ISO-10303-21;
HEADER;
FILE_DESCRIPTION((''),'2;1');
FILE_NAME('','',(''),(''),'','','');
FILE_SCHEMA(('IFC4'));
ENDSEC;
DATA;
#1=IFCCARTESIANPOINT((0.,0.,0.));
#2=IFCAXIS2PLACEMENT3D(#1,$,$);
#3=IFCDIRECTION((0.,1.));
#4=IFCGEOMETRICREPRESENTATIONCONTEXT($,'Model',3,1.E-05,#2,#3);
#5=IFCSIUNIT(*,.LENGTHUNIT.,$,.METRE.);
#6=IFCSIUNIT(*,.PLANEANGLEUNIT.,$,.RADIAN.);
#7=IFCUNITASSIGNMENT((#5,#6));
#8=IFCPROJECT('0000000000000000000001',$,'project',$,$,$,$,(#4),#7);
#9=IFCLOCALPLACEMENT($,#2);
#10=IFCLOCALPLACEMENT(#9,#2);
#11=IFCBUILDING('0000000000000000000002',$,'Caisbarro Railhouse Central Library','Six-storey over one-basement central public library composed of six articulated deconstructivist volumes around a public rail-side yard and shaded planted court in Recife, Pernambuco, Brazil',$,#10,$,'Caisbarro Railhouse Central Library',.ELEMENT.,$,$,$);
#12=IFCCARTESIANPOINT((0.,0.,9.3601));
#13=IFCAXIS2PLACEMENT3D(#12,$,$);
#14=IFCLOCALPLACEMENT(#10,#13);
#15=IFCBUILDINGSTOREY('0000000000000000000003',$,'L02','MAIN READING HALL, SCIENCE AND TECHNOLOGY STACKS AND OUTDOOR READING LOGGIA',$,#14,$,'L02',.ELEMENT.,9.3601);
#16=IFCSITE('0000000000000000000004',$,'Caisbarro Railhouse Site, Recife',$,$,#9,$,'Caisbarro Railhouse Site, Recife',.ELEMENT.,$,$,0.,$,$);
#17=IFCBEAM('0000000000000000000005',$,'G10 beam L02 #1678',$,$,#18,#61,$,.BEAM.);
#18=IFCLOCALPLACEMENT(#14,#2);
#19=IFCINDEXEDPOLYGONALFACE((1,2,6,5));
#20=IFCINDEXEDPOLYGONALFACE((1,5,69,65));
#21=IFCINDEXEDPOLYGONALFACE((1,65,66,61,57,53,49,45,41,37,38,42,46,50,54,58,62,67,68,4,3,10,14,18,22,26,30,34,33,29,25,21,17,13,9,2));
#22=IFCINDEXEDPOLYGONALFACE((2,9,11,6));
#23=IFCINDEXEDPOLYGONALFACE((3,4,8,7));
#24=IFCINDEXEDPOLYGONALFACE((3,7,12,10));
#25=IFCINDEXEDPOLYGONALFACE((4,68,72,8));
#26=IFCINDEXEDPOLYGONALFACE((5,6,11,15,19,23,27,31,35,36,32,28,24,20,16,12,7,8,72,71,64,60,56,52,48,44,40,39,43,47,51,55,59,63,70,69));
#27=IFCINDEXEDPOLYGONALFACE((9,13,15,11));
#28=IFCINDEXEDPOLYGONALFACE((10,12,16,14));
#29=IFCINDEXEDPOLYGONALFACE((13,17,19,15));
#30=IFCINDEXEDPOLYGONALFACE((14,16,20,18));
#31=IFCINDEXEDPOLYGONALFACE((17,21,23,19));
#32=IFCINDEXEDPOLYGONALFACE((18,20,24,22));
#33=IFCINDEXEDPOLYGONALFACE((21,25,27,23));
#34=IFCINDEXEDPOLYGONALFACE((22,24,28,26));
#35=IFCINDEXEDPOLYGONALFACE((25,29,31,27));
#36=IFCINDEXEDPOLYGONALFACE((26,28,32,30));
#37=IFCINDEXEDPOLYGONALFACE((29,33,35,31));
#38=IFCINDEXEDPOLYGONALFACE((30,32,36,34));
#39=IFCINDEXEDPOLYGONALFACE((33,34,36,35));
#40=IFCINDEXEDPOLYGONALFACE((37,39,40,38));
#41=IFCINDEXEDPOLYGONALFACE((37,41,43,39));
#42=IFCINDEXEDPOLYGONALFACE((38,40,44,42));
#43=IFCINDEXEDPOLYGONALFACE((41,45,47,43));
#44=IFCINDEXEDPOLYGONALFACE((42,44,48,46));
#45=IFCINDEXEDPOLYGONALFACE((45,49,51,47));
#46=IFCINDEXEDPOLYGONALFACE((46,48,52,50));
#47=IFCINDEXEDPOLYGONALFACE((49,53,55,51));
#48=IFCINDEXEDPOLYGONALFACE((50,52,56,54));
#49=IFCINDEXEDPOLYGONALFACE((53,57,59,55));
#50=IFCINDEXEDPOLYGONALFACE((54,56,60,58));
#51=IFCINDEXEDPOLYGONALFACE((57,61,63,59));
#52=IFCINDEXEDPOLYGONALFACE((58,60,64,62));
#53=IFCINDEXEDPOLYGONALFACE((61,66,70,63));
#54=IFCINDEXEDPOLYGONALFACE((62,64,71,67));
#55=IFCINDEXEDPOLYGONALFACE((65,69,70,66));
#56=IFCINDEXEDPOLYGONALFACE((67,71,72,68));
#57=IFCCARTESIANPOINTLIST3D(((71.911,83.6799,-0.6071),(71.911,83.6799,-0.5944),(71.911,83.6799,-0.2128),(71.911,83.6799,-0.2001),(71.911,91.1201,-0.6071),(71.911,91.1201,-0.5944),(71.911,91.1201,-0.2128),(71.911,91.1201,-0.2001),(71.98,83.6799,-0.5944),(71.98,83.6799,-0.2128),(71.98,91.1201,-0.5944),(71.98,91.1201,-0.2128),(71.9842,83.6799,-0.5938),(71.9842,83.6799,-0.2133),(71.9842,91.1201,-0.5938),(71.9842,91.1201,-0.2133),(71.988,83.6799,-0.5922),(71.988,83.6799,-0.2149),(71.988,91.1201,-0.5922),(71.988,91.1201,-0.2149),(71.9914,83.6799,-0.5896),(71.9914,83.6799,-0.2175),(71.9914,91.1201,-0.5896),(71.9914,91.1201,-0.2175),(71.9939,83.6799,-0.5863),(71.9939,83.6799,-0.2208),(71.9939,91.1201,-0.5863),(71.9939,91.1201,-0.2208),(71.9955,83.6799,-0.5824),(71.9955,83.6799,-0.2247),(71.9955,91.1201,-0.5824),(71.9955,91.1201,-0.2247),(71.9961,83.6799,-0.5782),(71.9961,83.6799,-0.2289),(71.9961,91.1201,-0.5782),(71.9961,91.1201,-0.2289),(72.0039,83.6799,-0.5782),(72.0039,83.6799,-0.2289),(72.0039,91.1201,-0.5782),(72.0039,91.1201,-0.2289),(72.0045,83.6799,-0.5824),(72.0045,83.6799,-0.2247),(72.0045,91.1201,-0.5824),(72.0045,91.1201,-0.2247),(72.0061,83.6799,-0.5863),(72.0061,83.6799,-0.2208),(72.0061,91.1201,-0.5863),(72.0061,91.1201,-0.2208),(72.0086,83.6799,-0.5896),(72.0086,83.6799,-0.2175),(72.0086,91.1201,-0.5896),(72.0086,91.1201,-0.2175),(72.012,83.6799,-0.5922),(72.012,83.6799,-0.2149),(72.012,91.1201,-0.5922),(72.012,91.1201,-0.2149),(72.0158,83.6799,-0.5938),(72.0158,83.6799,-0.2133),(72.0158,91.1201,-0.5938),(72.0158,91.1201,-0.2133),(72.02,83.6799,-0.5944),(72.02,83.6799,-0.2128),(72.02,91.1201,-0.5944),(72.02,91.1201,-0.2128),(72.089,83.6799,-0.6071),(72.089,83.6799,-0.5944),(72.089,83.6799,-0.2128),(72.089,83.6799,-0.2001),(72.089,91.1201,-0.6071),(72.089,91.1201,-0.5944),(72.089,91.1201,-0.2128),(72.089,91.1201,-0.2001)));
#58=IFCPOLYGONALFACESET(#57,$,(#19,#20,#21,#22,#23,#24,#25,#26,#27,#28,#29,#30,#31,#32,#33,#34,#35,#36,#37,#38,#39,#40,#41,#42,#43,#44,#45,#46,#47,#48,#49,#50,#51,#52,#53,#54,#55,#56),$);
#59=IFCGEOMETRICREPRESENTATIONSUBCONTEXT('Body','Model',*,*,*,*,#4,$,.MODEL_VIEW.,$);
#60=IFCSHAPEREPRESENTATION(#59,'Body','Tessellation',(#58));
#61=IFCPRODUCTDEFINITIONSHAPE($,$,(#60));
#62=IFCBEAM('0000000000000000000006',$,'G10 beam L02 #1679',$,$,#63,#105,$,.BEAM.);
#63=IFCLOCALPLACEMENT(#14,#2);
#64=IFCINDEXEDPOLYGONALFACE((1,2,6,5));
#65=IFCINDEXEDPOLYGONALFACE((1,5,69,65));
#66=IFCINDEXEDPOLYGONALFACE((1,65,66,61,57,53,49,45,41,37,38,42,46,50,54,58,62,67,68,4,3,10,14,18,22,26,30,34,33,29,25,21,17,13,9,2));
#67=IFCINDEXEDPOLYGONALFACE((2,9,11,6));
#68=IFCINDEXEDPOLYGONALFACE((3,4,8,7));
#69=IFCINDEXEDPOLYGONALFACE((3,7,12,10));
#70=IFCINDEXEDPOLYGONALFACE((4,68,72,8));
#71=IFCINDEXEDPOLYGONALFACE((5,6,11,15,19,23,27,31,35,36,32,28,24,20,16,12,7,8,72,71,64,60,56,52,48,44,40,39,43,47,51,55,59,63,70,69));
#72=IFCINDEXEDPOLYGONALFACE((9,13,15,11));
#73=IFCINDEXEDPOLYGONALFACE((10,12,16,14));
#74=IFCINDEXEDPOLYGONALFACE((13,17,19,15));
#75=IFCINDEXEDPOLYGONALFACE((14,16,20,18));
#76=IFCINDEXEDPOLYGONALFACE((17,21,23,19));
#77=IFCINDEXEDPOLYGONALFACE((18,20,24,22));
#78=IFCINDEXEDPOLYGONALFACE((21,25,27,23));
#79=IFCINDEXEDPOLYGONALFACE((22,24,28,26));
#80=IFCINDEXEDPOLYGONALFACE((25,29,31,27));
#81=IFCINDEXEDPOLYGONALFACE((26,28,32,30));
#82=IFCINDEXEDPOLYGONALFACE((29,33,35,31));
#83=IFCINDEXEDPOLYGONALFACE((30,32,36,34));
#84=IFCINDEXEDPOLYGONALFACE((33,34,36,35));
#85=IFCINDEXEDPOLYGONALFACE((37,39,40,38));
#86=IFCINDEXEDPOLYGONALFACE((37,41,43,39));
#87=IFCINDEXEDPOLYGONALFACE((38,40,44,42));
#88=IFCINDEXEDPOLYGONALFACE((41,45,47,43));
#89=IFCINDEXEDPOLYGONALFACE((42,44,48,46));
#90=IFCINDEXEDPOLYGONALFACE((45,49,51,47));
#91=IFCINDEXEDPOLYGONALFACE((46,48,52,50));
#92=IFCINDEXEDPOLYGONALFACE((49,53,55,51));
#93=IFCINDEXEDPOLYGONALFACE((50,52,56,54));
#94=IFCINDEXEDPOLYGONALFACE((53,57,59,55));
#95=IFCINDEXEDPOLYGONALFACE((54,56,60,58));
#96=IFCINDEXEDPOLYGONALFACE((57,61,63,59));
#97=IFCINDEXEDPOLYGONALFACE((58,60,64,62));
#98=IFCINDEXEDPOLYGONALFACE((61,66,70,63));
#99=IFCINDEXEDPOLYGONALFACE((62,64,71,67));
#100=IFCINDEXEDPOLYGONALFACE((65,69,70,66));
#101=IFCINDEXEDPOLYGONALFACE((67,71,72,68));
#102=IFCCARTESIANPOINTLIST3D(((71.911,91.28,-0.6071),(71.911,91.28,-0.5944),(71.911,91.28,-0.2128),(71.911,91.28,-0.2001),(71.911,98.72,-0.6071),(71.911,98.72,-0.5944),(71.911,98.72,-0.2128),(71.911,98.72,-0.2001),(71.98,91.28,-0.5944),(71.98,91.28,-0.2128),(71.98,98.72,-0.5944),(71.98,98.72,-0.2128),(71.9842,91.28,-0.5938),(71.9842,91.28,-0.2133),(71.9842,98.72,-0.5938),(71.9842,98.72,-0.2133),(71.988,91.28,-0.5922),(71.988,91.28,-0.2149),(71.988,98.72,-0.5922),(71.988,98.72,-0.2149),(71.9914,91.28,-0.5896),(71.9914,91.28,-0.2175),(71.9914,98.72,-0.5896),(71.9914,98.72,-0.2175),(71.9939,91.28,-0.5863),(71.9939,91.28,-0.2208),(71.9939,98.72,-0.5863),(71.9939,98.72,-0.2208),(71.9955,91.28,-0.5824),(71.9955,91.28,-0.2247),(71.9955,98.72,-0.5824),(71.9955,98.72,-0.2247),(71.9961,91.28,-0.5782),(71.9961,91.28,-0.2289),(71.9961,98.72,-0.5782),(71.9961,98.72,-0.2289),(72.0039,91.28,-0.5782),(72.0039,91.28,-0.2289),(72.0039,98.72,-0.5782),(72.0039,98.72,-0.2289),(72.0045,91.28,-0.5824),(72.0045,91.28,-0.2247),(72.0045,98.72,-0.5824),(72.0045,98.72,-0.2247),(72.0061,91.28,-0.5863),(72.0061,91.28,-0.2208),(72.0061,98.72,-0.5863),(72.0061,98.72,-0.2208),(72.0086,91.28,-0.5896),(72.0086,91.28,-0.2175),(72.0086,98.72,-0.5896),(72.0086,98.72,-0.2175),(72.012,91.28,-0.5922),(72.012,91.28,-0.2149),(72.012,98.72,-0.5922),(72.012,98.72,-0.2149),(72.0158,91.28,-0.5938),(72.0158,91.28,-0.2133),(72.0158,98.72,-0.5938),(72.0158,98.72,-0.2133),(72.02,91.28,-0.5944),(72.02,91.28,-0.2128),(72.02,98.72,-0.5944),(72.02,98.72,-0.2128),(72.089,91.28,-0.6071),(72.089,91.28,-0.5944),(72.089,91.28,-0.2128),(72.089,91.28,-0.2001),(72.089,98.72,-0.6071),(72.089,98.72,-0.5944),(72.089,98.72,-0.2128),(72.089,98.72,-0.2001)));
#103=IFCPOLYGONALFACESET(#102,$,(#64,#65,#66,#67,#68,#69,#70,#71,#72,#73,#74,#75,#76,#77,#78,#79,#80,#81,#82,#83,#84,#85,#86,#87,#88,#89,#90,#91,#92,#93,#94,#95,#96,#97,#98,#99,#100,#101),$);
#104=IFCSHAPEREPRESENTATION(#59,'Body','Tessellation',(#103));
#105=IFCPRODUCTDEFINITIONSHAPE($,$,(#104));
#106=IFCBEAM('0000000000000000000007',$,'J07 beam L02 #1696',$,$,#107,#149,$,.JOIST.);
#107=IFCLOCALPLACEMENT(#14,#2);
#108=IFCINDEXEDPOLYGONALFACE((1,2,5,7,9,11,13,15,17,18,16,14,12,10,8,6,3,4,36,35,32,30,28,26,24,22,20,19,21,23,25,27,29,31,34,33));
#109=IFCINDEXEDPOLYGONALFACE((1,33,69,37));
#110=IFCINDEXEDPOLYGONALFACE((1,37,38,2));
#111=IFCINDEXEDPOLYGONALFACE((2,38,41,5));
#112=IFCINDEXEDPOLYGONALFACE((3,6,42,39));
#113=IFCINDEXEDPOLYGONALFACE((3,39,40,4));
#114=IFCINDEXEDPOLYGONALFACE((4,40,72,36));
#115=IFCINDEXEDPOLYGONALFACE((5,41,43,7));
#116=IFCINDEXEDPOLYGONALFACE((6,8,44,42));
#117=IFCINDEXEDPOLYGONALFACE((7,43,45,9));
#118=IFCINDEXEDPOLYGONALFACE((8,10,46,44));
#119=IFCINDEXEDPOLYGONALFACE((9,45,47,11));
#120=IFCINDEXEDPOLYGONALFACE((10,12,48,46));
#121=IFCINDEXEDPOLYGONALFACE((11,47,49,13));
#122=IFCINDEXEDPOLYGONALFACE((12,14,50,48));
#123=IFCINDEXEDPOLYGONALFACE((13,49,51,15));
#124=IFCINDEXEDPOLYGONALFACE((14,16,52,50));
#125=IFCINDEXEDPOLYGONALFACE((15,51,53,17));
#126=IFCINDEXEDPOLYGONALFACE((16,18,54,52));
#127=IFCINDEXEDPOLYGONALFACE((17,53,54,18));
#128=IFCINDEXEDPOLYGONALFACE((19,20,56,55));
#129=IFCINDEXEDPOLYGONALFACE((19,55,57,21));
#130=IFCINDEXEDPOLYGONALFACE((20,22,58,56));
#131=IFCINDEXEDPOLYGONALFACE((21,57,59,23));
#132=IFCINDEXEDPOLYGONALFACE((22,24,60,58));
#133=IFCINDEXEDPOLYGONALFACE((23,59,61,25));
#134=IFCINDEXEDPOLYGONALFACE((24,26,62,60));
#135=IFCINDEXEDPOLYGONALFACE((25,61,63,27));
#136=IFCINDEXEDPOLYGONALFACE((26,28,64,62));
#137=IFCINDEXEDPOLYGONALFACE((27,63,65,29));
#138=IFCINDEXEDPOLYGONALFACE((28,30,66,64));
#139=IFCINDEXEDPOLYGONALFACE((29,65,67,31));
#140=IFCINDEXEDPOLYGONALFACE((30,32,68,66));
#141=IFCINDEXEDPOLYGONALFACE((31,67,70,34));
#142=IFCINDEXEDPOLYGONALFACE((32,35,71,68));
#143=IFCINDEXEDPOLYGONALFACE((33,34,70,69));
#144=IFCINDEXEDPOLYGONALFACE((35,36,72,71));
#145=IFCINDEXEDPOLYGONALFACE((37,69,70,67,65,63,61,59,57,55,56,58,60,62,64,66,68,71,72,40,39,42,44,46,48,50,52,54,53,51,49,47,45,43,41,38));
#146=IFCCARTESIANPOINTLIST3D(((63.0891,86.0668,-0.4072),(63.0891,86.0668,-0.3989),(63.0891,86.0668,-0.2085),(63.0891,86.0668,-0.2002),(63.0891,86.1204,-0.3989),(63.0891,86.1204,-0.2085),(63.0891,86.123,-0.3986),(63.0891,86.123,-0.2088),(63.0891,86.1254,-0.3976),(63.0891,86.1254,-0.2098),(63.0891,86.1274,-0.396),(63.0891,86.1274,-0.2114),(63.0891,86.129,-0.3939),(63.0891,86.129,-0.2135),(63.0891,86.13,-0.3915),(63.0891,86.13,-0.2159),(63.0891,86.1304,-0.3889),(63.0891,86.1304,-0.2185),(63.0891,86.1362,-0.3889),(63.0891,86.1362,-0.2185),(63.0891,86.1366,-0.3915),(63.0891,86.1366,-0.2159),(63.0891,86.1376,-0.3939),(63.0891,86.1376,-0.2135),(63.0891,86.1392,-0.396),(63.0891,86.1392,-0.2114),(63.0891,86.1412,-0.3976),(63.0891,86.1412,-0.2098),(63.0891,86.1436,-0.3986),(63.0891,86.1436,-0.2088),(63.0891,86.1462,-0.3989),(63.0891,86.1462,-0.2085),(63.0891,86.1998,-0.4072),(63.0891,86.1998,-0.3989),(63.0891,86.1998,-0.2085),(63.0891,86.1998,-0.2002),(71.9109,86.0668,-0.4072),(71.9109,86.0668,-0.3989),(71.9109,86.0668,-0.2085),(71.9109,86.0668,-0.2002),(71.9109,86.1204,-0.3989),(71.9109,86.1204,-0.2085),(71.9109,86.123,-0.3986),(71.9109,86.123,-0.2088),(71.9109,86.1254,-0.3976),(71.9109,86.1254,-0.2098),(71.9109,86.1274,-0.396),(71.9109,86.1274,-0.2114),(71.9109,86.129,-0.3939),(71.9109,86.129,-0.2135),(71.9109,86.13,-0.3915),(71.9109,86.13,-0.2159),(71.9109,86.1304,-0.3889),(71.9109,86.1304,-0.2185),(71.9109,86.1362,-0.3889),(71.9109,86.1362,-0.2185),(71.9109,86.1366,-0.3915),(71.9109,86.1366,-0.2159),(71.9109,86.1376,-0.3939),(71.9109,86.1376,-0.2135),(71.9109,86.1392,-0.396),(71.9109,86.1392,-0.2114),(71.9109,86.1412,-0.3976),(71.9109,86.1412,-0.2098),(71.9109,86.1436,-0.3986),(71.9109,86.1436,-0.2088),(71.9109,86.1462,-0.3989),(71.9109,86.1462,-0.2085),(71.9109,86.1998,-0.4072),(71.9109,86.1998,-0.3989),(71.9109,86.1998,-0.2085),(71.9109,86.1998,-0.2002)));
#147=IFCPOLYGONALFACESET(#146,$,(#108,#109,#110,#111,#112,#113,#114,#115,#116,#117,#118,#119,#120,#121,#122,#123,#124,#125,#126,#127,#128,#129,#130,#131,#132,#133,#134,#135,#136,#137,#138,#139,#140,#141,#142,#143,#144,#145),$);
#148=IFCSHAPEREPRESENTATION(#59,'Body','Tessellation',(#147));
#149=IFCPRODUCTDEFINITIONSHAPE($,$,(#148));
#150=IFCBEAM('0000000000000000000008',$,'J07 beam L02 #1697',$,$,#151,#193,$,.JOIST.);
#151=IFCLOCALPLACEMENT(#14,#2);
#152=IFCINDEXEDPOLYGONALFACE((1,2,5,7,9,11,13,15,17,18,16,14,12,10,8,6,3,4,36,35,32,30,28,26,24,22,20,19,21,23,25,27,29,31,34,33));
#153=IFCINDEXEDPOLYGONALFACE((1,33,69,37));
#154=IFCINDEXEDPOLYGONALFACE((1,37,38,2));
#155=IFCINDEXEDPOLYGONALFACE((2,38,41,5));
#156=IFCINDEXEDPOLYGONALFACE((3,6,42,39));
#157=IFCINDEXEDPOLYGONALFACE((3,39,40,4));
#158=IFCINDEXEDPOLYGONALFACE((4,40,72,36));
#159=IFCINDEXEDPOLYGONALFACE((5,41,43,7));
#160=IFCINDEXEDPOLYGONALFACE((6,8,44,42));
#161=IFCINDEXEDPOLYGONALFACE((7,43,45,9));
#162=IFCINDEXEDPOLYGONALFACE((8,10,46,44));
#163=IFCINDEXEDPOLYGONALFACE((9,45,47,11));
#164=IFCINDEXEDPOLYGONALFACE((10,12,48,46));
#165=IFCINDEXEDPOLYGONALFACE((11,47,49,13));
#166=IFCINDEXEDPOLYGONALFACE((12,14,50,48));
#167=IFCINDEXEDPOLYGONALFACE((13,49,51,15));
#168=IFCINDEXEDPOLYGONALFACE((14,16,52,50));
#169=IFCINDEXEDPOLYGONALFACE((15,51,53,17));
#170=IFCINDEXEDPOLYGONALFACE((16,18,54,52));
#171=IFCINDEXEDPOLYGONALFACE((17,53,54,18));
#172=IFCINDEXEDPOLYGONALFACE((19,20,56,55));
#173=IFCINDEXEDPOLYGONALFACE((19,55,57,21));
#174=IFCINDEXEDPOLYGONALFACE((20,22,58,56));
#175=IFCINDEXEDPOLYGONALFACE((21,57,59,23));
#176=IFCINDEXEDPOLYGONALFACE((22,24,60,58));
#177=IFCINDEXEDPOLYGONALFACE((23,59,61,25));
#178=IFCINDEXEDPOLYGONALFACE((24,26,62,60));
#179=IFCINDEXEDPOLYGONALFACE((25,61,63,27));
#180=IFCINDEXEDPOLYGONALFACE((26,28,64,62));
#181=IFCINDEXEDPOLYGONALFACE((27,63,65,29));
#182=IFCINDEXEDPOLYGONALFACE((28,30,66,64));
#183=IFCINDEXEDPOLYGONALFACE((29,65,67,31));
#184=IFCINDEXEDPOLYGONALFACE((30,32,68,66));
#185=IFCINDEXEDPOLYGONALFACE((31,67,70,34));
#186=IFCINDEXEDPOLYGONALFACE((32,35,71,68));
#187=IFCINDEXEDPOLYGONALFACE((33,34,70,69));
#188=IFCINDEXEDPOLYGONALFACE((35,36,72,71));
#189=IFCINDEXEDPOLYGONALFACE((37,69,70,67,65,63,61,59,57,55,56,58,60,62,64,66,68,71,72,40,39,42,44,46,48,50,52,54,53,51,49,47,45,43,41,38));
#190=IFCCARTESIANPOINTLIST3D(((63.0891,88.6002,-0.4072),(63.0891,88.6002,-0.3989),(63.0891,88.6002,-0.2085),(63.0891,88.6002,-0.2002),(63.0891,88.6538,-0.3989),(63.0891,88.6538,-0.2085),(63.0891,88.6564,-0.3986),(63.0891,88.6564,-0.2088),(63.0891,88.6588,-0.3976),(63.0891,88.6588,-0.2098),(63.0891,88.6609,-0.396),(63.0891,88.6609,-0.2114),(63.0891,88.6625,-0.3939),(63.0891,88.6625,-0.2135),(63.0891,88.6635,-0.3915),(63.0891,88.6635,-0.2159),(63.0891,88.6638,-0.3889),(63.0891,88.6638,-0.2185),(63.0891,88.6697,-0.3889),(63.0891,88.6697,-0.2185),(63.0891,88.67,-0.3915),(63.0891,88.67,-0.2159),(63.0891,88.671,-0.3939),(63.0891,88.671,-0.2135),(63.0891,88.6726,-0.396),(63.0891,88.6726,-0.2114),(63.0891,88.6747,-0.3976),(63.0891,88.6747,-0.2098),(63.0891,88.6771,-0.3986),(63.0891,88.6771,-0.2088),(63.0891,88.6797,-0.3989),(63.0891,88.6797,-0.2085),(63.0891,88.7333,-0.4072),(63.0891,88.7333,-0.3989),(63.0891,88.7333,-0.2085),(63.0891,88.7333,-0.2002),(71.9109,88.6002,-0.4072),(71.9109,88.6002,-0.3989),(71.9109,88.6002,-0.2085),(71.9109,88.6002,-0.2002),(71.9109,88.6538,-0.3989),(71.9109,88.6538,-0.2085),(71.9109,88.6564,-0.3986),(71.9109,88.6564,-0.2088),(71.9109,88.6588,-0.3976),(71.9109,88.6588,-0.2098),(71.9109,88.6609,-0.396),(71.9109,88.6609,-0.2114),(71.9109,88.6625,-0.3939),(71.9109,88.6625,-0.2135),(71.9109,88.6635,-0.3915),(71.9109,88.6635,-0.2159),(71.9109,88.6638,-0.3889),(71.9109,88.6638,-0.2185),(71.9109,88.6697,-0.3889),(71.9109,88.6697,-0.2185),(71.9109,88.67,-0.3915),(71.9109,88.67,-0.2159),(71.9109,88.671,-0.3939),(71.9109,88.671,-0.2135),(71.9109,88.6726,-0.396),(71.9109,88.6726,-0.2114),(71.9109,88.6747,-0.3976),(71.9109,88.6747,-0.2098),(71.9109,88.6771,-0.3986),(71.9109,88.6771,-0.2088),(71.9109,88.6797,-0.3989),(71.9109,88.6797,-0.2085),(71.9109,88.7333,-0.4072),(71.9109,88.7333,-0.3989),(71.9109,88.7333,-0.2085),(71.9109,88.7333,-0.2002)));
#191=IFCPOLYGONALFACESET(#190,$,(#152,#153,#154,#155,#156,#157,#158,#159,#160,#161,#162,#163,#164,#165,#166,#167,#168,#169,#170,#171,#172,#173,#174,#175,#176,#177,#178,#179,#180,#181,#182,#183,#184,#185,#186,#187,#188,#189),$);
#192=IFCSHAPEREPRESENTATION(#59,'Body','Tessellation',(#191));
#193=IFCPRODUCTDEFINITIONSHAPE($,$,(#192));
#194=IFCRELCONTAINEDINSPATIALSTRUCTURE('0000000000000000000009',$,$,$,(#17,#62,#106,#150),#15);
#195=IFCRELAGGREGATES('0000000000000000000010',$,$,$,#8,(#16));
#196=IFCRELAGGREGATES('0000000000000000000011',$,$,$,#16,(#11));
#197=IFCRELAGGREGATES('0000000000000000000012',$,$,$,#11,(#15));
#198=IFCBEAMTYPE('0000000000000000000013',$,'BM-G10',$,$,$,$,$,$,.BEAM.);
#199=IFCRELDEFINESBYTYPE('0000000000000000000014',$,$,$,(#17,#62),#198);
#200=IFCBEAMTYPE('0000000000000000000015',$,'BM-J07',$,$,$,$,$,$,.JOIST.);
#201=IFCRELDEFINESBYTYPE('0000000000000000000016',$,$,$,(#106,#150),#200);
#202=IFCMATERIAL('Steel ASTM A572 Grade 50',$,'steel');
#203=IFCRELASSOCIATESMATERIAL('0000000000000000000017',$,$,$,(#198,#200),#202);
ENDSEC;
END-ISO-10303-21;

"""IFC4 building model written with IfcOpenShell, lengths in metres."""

from ifc_helpers import new_model, si_unit, direction, frame, origin, origin_2d, place, context, subcontext, project, spatial, i_section, extrude, material, material_profile, profile_set, type_object, element, save


model = new_model("IFC4")

# Units and contexts
model_context = context("Model", 3, precision=1e-05, world=origin(), true_north=direction((0.0, 1.0)))
body_context = subcontext(model_context, "Body", "Model", "MODEL_VIEW")
ifc_project = project(units=[si_unit("LENGTHUNIT", "METRE"), si_unit("PLANEANGLEUNIT", "RADIAN")], contexts=[model_context])

# Site, building, storey
site_placement = place(None, origin())
site = spatial("IfcSite", under=ifc_project, at=site_placement, Name="Caisbarro Railhouse Site, Recife", LongName="Caisbarro Railhouse Site, Recife", CompositionType="ELEMENT", RefElevation=0.0)
building_placement = place(site_placement, origin())
building = spatial("IfcBuilding", under=site, at=building_placement, Name="Caisbarro Railhouse Central Library", Description="Six-storey over one-basement central public library composed of six articulated deconstructivist volumes around a public rail-side yard and shaded planted court in Recife, Pernambuco, Brazil", LongName="Caisbarro Railhouse Central Library", CompositionType="ELEMENT")
storey_placement = place(building_placement, frame((0.0, 0.0, 9.3601)))
storey = spatial("IfcBuildingStorey", under=building, at=storey_placement, Name="L02", Description="MAIN READING HALL, SCIENCE AND TECHNOLOGY STACKS AND OUTDOOR READING LOGGIA", LongName="L02", CompositionType="ELEMENT", Elevation=9.3601)

# Shared definitions
ifc_material_1 = material(Name="Steel ASTM A572 Grade 50", Category="steel")

# Beams
ifc_material_profile_1 = material_profile(ifc_material_1, i_section(OverallWidth=0.178, OverallDepth=0.407, WebThickness=0.0078, FlangeThickness=0.0127, FilletRadius=0.0161, at=origin_2d()), Name="W410X60.0")
ifc_profile_set_1 = profile_set([ifc_material_profile_1], Name="Steel ASTM A572 Grade 50")
beam_type_1 = type_object("IfcBeamType", Name="BM-G10", PredefinedType="BEAM", material=ifc_profile_set_1)
beam_1_placement = place(storey_placement, frame((72.0, 83.6799, -0.4036), z_axis=(0.0, 1.0, 0.0), x_axis=(-1.0, 0.0, 0.0)))
element("IfcBeam", 1, at=beam_1_placement, inside=storey, type_object=beam_type_1, Name="G10 beam L02 #1678", PredefinedType="BEAM", context=body_context, shape_type="SweptSolid", body=[
    extrude(i_section(OverallWidth=0.178, OverallDepth=0.407, WebThickness=0.0078, FlangeThickness=0.0127, FilletRadius=0.0161, at=origin_2d()), origin(), (0.0, 0.0, 1.0), 7.4402),
])
beam_2_placement = place(storey_placement, frame((72.0, 91.28, -0.4036), z_axis=(0.0, 1.0, 0.0), x_axis=(-1.0, 0.0, 0.0)))
element("IfcBeam", 2, at=beam_2_placement, inside=storey, type_object=beam_type_1, Name="G10 beam L02 #1679", PredefinedType="BEAM", context=body_context, shape_type="SweptSolid", body=[
    extrude(i_section(OverallWidth=0.178, OverallDepth=0.407, WebThickness=0.0078, FlangeThickness=0.0127, FilletRadius=0.0161, at=origin_2d()), origin(), (0.0, 0.0, 1.0), 7.4399),
])
ifc_material_profile_2 = material_profile(ifc_material_1, i_section(OverallWidth=0.1331, OverallDepth=0.207, WebThickness=0.0059, FlangeThickness=0.0083, FilletRadius=0.01, at=origin_2d()), Name="W200X26.6")
ifc_profile_set_2 = profile_set([ifc_material_profile_2], Name="Steel ASTM A572 Grade 50")
beam_type_2 = type_object("IfcBeamType", Name="BM-J07", PredefinedType="JOIST", material=ifc_profile_set_2)
for number, where, z_axis, x_axis, name in (
    (3, (63.0891, 86.1333, -0.3037), (1.0, 0.0, 0.0), (0.0, 1.0, 0.0), "J07 beam L02 #1696"),
    (4, (63.0891, 88.6667, -0.3037), (1.0, 0.0, 0.0), (0.0, 1.0, 0.0), "J07 beam L02 #1697"),
):
    element("IfcBeam", number, at=place(storey_placement, frame(where, z_axis=z_axis, x_axis=x_axis)), inside=storey, type_object=beam_type_2, Name=name, PredefinedType="JOIST", context=body_context, shape_type="SweptSolid", body=[
        extrude(i_section(OverallWidth=0.1331, OverallDepth=0.207, WebThickness=0.0059, FlangeThickness=0.0083, FilletRadius=0.01, at=origin_2d()), origin(), (0.0, 0.0, 1.0), 8.8218),
    ])

save(model, "model.ifc")
